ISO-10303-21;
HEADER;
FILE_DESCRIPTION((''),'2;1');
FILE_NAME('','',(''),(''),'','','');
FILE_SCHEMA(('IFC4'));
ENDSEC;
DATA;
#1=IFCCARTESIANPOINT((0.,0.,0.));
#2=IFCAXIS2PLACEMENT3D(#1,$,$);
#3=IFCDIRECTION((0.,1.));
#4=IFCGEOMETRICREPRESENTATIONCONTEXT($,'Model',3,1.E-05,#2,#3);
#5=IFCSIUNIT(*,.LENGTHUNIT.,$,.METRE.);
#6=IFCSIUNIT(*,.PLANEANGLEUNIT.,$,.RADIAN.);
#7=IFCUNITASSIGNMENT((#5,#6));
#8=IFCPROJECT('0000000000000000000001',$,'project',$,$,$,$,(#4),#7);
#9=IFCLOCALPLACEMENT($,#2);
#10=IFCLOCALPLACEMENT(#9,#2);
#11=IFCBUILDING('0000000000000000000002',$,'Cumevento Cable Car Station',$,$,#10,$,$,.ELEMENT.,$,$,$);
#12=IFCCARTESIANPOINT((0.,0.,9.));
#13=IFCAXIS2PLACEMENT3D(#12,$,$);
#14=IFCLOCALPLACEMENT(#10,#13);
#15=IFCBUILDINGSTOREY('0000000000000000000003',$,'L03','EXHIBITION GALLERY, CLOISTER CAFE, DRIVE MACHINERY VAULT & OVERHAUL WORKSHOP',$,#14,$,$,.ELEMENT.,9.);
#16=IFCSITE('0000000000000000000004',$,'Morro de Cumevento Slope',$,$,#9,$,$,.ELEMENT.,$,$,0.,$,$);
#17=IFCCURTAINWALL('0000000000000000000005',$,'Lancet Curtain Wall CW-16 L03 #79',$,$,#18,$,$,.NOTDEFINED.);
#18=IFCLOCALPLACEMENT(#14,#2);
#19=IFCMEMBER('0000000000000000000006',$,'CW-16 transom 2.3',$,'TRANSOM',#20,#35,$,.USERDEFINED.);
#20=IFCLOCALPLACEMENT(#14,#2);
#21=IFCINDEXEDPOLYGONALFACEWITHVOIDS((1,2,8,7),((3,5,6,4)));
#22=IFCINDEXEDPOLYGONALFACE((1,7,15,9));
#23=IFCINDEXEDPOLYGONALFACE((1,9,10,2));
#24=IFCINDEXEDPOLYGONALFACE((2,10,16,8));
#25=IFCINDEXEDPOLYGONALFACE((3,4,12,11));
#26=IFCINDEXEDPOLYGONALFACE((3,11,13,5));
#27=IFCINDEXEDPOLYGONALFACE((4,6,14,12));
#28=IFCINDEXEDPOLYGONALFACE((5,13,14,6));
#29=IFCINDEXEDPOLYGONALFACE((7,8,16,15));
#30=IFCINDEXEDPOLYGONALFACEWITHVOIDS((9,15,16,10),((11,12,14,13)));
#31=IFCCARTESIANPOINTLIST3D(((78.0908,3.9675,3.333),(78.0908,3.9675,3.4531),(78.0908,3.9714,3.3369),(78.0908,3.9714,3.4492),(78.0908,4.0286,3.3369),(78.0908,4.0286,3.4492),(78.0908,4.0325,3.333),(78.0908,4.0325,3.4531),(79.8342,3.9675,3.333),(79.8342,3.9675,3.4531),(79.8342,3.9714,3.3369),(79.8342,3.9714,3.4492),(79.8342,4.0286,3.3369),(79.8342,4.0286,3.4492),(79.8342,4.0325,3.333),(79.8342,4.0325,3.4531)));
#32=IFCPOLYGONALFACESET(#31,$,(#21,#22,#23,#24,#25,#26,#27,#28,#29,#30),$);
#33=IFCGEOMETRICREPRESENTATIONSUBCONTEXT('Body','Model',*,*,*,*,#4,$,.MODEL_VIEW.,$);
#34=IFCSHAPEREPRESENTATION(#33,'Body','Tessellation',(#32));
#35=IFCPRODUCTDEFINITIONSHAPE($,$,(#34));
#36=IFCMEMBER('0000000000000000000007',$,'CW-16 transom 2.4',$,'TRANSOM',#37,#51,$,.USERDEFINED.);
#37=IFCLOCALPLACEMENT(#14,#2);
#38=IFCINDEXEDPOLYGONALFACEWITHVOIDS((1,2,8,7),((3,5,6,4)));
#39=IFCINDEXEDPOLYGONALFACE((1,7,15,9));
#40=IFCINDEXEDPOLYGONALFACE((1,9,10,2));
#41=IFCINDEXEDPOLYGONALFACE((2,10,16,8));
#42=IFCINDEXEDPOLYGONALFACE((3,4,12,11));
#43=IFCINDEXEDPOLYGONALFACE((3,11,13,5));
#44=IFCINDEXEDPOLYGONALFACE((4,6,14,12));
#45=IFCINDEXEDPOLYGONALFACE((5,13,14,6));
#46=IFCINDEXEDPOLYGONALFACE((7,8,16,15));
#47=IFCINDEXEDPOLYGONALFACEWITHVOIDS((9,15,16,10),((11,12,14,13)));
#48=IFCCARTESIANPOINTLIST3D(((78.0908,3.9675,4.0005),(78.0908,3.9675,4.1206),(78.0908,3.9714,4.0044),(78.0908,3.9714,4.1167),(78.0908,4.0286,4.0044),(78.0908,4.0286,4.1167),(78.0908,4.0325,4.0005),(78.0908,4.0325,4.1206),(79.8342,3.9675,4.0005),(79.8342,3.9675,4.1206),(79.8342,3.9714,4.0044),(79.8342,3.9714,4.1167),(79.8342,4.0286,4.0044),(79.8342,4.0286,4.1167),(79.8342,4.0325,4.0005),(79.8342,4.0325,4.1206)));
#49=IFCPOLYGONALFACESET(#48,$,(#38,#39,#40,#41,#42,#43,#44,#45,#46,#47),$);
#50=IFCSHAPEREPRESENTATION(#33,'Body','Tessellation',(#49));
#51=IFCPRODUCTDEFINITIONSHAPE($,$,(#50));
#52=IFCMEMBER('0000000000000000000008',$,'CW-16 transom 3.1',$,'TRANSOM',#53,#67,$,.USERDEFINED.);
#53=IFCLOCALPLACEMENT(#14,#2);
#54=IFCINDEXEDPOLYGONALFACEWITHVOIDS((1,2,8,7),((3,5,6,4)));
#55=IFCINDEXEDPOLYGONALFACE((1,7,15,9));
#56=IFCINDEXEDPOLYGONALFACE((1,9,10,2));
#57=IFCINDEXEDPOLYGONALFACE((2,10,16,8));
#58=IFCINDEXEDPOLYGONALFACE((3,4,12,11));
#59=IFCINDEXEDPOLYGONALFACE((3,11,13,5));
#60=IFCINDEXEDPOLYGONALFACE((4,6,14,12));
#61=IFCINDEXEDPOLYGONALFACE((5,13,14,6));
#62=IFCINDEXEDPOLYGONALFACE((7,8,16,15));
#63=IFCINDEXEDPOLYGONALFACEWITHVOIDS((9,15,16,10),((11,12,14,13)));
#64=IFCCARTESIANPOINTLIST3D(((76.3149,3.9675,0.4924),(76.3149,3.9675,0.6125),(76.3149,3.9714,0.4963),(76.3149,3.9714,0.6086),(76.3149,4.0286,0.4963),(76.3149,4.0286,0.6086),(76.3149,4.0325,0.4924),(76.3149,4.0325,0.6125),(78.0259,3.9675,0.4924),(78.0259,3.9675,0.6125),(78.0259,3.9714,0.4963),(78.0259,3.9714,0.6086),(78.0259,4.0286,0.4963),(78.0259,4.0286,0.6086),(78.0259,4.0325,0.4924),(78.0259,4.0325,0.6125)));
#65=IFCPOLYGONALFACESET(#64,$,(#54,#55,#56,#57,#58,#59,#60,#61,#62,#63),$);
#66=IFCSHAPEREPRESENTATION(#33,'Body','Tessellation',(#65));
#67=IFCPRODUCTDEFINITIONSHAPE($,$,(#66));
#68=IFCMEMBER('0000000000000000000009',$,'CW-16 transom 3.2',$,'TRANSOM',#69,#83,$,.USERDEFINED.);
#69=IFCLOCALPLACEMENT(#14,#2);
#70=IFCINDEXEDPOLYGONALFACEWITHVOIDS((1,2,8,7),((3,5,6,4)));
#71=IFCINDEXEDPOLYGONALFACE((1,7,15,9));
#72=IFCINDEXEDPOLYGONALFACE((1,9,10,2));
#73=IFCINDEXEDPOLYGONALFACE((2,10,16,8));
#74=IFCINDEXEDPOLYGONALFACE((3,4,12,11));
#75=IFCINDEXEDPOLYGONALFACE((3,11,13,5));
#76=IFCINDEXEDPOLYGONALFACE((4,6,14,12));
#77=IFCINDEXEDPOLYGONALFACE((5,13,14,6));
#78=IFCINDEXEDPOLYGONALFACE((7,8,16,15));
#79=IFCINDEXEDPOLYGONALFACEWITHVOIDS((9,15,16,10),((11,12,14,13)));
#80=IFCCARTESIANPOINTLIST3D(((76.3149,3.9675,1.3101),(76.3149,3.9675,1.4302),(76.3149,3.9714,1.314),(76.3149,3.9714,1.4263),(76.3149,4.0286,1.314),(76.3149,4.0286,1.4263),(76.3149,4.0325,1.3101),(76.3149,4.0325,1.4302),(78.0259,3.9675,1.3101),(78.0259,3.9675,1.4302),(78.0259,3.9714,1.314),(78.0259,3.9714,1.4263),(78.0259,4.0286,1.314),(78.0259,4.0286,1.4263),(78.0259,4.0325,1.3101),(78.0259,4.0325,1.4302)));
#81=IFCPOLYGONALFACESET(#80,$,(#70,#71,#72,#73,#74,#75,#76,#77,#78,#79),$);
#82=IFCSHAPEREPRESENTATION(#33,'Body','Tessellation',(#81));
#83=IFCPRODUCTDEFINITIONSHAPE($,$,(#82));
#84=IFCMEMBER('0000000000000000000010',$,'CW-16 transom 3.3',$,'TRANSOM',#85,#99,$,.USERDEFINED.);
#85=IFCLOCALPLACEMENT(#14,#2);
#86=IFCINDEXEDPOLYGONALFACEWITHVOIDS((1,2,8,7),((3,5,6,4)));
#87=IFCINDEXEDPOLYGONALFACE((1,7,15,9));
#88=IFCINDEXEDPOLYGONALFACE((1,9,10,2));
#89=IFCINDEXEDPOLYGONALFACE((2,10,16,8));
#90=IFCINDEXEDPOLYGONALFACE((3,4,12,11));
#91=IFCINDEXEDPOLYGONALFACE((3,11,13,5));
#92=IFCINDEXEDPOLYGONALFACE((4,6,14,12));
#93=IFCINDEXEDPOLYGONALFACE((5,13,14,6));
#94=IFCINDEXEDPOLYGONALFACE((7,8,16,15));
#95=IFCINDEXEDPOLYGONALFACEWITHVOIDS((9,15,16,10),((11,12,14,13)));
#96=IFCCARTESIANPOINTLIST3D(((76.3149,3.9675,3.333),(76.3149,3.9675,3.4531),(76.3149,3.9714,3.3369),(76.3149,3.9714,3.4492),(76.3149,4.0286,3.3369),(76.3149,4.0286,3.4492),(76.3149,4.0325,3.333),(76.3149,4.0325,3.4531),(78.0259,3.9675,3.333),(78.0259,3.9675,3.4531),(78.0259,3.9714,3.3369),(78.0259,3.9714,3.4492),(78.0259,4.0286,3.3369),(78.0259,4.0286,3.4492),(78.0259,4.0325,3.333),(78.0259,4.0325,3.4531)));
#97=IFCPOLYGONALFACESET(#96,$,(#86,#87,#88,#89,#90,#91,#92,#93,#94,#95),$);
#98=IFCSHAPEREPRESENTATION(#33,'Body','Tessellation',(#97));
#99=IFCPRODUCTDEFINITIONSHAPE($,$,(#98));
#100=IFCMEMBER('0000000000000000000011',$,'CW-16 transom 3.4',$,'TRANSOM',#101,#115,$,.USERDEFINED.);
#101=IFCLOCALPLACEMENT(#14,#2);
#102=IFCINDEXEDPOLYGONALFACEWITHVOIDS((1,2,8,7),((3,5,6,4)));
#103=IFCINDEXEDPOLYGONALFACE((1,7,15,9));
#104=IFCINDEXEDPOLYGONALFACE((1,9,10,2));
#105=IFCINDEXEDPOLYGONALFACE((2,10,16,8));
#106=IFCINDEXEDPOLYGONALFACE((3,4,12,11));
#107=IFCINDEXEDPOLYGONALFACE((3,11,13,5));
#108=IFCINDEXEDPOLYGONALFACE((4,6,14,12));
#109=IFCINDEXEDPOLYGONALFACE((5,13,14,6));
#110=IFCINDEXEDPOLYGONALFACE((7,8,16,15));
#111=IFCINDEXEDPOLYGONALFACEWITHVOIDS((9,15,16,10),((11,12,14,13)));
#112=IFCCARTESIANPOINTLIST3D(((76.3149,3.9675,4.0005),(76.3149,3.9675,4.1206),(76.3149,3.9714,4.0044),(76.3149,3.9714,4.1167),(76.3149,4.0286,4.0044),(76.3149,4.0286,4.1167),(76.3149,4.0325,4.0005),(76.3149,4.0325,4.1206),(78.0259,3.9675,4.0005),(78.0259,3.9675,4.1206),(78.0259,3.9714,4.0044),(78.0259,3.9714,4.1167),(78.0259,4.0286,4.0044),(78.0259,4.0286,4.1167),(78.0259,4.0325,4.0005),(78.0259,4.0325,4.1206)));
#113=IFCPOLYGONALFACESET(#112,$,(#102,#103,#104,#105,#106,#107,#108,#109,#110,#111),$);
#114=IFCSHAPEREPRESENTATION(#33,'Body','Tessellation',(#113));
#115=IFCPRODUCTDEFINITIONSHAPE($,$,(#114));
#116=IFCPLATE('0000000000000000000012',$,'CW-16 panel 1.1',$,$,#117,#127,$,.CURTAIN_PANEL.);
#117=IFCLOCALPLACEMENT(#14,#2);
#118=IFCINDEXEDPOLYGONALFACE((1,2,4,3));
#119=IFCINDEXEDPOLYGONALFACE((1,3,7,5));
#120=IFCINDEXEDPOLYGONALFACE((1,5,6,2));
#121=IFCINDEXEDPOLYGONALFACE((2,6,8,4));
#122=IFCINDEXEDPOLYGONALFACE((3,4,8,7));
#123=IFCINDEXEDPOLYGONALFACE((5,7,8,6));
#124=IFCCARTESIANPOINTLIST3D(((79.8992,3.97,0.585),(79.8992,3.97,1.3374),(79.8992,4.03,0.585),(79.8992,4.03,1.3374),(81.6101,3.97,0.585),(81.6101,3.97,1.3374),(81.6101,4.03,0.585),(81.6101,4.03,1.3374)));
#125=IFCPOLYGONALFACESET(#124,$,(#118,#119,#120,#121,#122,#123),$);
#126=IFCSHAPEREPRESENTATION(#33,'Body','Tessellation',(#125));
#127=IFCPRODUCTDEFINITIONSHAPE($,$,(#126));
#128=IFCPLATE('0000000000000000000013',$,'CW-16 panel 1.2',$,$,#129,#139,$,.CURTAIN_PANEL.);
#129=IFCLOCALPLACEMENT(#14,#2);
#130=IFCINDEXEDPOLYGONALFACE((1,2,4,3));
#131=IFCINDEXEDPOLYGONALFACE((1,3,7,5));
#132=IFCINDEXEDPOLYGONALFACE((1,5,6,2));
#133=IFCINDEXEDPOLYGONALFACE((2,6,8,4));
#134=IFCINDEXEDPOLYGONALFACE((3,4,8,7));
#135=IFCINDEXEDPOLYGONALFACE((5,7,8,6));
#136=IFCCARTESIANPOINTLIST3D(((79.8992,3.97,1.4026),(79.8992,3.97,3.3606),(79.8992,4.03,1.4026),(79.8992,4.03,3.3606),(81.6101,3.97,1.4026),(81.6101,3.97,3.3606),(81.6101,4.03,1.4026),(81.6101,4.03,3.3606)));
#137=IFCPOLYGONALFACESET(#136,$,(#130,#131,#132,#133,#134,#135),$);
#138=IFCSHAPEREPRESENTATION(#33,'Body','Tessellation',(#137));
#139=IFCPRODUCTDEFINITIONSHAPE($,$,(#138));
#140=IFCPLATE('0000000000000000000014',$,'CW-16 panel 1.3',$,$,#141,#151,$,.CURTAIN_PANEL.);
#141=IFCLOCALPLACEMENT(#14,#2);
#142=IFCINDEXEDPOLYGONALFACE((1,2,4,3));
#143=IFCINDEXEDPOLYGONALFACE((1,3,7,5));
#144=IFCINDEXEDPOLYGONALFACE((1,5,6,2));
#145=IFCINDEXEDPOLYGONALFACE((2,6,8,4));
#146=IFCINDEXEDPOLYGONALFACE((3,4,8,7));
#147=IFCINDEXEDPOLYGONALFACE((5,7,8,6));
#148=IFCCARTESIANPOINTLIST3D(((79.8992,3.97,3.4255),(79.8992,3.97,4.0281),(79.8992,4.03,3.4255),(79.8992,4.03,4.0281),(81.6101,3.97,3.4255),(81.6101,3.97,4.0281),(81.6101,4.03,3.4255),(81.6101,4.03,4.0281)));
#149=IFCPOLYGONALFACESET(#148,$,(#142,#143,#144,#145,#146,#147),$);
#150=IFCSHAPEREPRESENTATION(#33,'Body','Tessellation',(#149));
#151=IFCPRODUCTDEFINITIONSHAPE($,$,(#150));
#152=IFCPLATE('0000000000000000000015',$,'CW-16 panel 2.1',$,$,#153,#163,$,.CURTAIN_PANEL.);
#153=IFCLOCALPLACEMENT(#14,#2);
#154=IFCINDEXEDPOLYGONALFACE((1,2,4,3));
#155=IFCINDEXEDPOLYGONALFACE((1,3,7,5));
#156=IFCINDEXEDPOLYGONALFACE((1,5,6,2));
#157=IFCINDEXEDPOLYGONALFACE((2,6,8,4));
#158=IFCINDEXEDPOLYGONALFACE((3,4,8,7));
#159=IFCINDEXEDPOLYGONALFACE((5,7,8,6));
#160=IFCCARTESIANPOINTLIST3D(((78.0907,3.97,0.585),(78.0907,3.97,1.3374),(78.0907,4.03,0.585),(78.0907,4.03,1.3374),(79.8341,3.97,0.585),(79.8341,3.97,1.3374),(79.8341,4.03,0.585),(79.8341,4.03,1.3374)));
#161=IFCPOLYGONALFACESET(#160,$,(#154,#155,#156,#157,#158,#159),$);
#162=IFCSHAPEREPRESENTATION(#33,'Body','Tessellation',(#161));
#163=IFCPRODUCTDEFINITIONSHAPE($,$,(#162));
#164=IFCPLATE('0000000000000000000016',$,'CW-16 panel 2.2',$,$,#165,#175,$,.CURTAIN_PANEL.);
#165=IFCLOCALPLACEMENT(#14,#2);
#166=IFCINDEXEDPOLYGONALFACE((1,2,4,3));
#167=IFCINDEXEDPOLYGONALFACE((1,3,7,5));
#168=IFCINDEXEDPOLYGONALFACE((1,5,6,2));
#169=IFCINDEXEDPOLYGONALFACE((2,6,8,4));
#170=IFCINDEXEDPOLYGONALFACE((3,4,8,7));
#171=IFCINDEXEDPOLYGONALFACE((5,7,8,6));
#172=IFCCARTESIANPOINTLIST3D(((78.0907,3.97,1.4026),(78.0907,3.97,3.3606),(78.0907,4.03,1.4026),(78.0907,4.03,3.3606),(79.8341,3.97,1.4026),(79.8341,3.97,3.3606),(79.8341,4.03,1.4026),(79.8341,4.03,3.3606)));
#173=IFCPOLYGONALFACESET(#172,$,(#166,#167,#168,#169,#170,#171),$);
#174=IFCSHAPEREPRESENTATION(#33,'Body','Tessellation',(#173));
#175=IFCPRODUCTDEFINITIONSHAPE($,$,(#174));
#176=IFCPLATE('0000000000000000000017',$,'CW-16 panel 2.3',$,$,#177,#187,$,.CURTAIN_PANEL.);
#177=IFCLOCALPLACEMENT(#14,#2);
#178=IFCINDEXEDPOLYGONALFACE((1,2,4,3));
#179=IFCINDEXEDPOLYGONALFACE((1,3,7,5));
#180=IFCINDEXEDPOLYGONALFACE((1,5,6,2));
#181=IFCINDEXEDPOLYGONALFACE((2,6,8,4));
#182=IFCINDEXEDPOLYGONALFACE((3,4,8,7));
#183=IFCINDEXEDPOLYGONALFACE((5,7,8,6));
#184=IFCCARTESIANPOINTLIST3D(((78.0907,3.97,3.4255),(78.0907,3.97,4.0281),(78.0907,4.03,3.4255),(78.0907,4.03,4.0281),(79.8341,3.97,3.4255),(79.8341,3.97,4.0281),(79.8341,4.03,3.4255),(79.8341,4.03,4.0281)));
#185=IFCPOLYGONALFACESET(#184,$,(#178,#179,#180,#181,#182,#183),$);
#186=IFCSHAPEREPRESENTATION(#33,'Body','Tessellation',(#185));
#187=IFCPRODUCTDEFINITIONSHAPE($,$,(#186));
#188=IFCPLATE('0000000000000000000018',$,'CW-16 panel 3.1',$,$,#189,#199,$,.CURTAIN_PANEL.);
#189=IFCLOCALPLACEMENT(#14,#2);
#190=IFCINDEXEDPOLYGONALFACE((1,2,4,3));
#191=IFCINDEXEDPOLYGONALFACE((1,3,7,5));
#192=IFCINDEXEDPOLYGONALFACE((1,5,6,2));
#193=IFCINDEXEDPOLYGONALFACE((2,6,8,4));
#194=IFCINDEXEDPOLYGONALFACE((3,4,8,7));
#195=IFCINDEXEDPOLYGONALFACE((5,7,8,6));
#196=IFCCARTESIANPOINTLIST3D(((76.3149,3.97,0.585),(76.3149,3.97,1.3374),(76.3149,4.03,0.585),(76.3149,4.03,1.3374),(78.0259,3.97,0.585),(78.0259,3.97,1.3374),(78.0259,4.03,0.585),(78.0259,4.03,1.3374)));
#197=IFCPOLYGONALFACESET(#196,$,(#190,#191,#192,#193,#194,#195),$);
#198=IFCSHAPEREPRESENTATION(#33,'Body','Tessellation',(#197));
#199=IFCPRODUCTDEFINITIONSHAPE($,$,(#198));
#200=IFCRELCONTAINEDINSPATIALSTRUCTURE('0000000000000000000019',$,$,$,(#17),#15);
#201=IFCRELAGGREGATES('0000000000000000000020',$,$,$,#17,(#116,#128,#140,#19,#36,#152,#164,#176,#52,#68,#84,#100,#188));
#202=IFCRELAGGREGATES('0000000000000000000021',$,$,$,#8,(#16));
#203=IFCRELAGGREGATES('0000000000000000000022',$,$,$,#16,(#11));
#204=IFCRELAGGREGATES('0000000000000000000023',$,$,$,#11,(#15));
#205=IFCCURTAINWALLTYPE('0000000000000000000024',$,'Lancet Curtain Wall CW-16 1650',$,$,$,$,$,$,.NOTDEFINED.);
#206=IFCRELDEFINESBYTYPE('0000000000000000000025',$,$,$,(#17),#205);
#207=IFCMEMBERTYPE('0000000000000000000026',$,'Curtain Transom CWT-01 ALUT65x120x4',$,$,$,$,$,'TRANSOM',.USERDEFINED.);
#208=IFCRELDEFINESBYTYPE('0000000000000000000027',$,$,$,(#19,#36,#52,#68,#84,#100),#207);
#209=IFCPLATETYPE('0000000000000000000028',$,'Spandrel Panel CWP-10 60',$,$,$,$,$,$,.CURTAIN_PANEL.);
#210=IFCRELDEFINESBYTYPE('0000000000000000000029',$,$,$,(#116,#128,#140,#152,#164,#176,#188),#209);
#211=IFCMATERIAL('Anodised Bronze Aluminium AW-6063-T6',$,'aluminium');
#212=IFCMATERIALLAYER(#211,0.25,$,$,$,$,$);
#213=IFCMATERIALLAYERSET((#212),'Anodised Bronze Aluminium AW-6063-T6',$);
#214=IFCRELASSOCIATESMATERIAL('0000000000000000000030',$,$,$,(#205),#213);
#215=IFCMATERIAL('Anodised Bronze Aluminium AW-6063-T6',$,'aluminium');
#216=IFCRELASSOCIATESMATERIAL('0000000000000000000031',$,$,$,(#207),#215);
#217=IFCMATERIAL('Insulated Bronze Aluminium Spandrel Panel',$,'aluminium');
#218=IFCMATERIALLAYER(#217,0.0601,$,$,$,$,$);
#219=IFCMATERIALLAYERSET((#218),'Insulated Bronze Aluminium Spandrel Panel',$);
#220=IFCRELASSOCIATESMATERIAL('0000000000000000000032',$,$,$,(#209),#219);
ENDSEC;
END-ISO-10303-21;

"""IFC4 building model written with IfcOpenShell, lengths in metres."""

from ifc_helpers import new_model, si_unit, direction, frame, origin, origin_2d, place, context, subcontext, project, spatial, rectangle, hollow_rectangle, extrude, material, layer, layer_set, material_profile, profile_set, type_object, element, aggregate, save


model = new_model("IFC4")

# Units and contexts
model_context = context("Model", 3, precision=1e-05, world=origin(), true_north=direction((0.0, 1.0)))
body_context = subcontext(model_context, "Body", "Model", "MODEL_VIEW")
ifc_project = project(units=[si_unit("LENGTHUNIT", "METRE"), si_unit("PLANEANGLEUNIT", "RADIAN")], contexts=[model_context])

# Site, building, storey
site_placement = place(None, origin())
site = spatial("IfcSite", under=ifc_project, at=site_placement, Name="Morro de Cumevento Slope", CompositionType="ELEMENT", RefElevation=0.0)
building_placement = place(site_placement, origin())
building = spatial("IfcBuilding", under=site, at=building_placement, Name="Cumevento Cable Car Station", CompositionType="ELEMENT")
storey_placement = place(building_placement, frame((0.0, 0.0, 9.0)))
storey = spatial("IfcBuildingStorey", under=building, at=storey_placement, Name="L03", Description="EXHIBITION GALLERY, CLOISTER CAFE, DRIVE MACHINERY VAULT & OVERHAUL WORKSHOP", CompositionType="ELEMENT", Elevation=9.0)

# Curtain wall, members, plates
ifc_material_1 = material(Name="Anodised Bronze Aluminium AW-6063-T6", Category="aluminium")
ifc_layer_1 = layer(ifc_material_1, 0.25)
ifc_layer_set_1 = layer_set([ifc_layer_1], Name="Anodised Bronze Aluminium AW-6063-T6")
curtain_wall_type = type_object("IfcCurtainWallType", Name="Lancet Curtain Wall CW-16 1650", PredefinedType="NOTDEFINED", material=ifc_layer_set_1)
curtain_wall_placement = place(storey_placement, origin())
curtain_wall = element("IfcCurtainWall", 1, at=curtain_wall_placement, inside=storey, type_object=curtain_wall_type, Name="Lancet Curtain Wall CW-16 L03 #79", PredefinedType="NOTDEFINED")
ifc_material_2 = material(Name="Anodised Bronze Aluminium AW-6063-T6", Category="aluminium")
ifc_material_profile_1 = material_profile(ifc_material_2, hollow_rectangle(XDim=0.0649, YDim=0.1201, WallThickness=0.0039, at=origin_2d()), Name="ALUT65x120x4")
ifc_profile_set_1 = profile_set([ifc_material_profile_1], Name="Anodised Bronze Aluminium AW-6063-T6")
member_type_1 = type_object("IfcMemberType", Name="Curtain Transom CWT-01 ALUT65x120x4", ElementType="TRANSOM", PredefinedType="USERDEFINED", material=ifc_profile_set_1)
member_1_placement = place(storey_placement, frame((79.8342, 4.0, 3.3931), z_axis=(-1.0, 0.0, 0.0), x_axis=(0.0, -1.0, 0.0)))
member_1 = element("IfcMember", 2, at=member_1_placement, type_object=member_type_1, Name="CW-16 transom 2.3", ObjectType="TRANSOM", PredefinedType="USERDEFINED", context=body_context, shape_type="SweptSolid", body=[
    extrude(hollow_rectangle(XDim=0.0649, YDim=0.1201, WallThickness=0.0039, at=origin_2d()), origin(), (0.0, 0.0, 1.0), 1.7434),
])
member_2_placement = place(storey_placement, frame((79.8342, 4.0, 4.0605), z_axis=(-1.0, 0.0, 0.0), x_axis=(0.0, -1.0, 0.0)))
member_2 = element("IfcMember", 3, at=member_2_placement, type_object=member_type_1, Name="CW-16 transom 2.4", ObjectType="TRANSOM", PredefinedType="USERDEFINED", context=body_context, shape_type="SweptSolid", body=[
    extrude(hollow_rectangle(XDim=0.0649, YDim=0.1201, WallThickness=0.0039, at=origin_2d()), origin(), (0.0, 0.0, 1.0), 1.7434),
])
member_3_placement = place(storey_placement, frame((78.0259, 4.0, 0.5525), z_axis=(-1.0, 0.0, 0.0), x_axis=(0.0, -1.0, 0.0)))
member_3 = element("IfcMember", 4, at=member_3_placement, type_object=member_type_1, Name="CW-16 transom 3.1", ObjectType="TRANSOM", PredefinedType="USERDEFINED", context=body_context, shape_type="SweptSolid", body=[
    extrude(hollow_rectangle(XDim=0.0649, YDim=0.1201, WallThickness=0.0039, at=origin_2d()), origin(), (0.0, 0.0, 1.0), 1.7109),
])
member_4_placement = place(storey_placement, frame((78.0259, 4.0, 1.3701), z_axis=(-1.0, 0.0, 0.0), x_axis=(0.0, -1.0, 0.0)))
member_4 = element("IfcMember", 5, at=member_4_placement, type_object=member_type_1, Name="CW-16 transom 3.2", ObjectType="TRANSOM", PredefinedType="USERDEFINED", context=body_context, shape_type="SweptSolid", body=[
    extrude(hollow_rectangle(XDim=0.0649, YDim=0.1201, WallThickness=0.0039, at=origin_2d()), origin(), (0.0, 0.0, 1.0), 1.7109),
])
member_5_placement = place(storey_placement, frame((78.0259, 4.0, 3.3931), z_axis=(-1.0, 0.0, 0.0), x_axis=(0.0, -1.0, 0.0)))
member_5 = element("IfcMember", 6, at=member_5_placement, type_object=member_type_1, Name="CW-16 transom 3.3", ObjectType="TRANSOM", PredefinedType="USERDEFINED", context=body_context, shape_type="SweptSolid", body=[
    extrude(hollow_rectangle(XDim=0.0649, YDim=0.1201, WallThickness=0.0039, at=origin_2d()), origin(), (0.0, 0.0, 1.0), 1.7109),
])
member_6_placement = place(storey_placement, frame((78.0259, 4.0, 4.0605), z_axis=(-1.0, 0.0, 0.0), x_axis=(0.0, -1.0, 0.0)))
member_6 = element("IfcMember", 7, at=member_6_placement, type_object=member_type_1, Name="CW-16 transom 3.4", ObjectType="TRANSOM", PredefinedType="USERDEFINED", context=body_context, shape_type="SweptSolid", body=[
    extrude(hollow_rectangle(XDim=0.0649, YDim=0.1201, WallThickness=0.0039, at=origin_2d()), origin(), (0.0, 0.0, 1.0), 1.7109),
])
ifc_material_3 = material(Name="Insulated Bronze Aluminium Spandrel Panel", Category="aluminium")
ifc_layer_2 = layer(ifc_material_3, 0.0601)
ifc_layer_set_2 = layer_set([ifc_layer_2], Name="Insulated Bronze Aluminium Spandrel Panel")
plate_type = type_object("IfcPlateType", Name="Spandrel Panel CWP-10 60", PredefinedType="CURTAIN_PANEL", material=ifc_layer_set_2)
plate_1_placement = place(storey_placement, frame((80.7546, 4.0, 0.585), z_axis=(0.0, 0.0, 1.0), x_axis=(-1.0, 0.0, 0.0)))
plate_1 = element("IfcPlate", 8, at=plate_1_placement, type_object=plate_type, Name="CW-16 panel 1.1", PredefinedType="CURTAIN_PANEL", context=body_context, shape_type="SweptSolid", body=[
    extrude(rectangle(XDim=1.7109, YDim=0.0601, at=origin_2d()), origin(), (0.0, 0.0, 1.0), 0.7524),
])
plate_2_placement = place(storey_placement, frame((80.7546, 4.0, 1.4026), z_axis=(0.0, 0.0, 1.0), x_axis=(-1.0, 0.0, 0.0)))
plate_2 = element("IfcPlate", 9, at=plate_2_placement, type_object=plate_type, Name="CW-16 panel 1.2", PredefinedType="CURTAIN_PANEL", context=body_context, shape_type="SweptSolid", body=[
    extrude(rectangle(XDim=1.7109, YDim=0.0601, at=origin_2d()), origin(), (0.0, 0.0, 1.0), 1.958),
])
plate_3_placement = place(storey_placement, frame((80.7546, 4.0, 3.4255), z_axis=(0.0, 0.0, 1.0), x_axis=(-1.0, 0.0, 0.0)))
plate_3 = element("IfcPlate", 10, at=plate_3_placement, type_object=plate_type, Name="CW-16 panel 1.3", PredefinedType="CURTAIN_PANEL", context=body_context, shape_type="SweptSolid", body=[
    extrude(rectangle(XDim=1.7109, YDim=0.0601, at=origin_2d()), origin(), (0.0, 0.0, 1.0), 0.6025),
])
plate_4_placement = place(storey_placement, frame((78.9624, 4.0, 0.585), z_axis=(0.0, 0.0, 1.0), x_axis=(-1.0, 0.0, 0.0)))
plate_4 = element("IfcPlate", 11, at=plate_4_placement, type_object=plate_type, Name="CW-16 panel 2.1", PredefinedType="CURTAIN_PANEL", context=body_context, shape_type="SweptSolid", body=[
    extrude(rectangle(XDim=1.7434, YDim=0.0601, at=origin_2d()), origin(), (0.0, 0.0, 1.0), 0.7524),
])
plate_5_placement = place(storey_placement, frame((78.9624, 4.0, 1.4026), z_axis=(0.0, 0.0, 1.0), x_axis=(-1.0, 0.0, 0.0)))
plate_5 = element("IfcPlate", 12, at=plate_5_placement, type_object=plate_type, Name="CW-16 panel 2.2", PredefinedType="CURTAIN_PANEL", context=body_context, shape_type="SweptSolid", body=[
    extrude(rectangle(XDim=1.7434, YDim=0.0601, at=origin_2d()), origin(), (0.0, 0.0, 1.0), 1.958),
])
plate_6_placement = place(storey_placement, frame((78.9624, 4.0, 3.4255), z_axis=(0.0, 0.0, 1.0), x_axis=(-1.0, 0.0, 0.0)))
plate_6 = element("IfcPlate", 13, at=plate_6_placement, type_object=plate_type, Name="CW-16 panel 2.3", PredefinedType="CURTAIN_PANEL", context=body_context, shape_type="SweptSolid", body=[
    extrude(rectangle(XDim=1.7434, YDim=0.0601, at=origin_2d()), origin(), (0.0, 0.0, 1.0), 0.6025),
])
plate_7_placement = place(storey_placement, frame((77.1704, 4.0, 0.585), z_axis=(0.0, 0.0, 1.0), x_axis=(-1.0, 0.0, 0.0)))
plate_7 = element("IfcPlate", 14, at=plate_7_placement, type_object=plate_type, Name="CW-16 panel 3.1", PredefinedType="CURTAIN_PANEL", context=body_context, shape_type="SweptSolid", body=[
    extrude(rectangle(XDim=1.7109, YDim=0.0601, at=origin_2d()), origin(), (0.0, 0.0, 1.0), 0.7524),
])
aggregate(curtain_wall, [plate_1, plate_2, plate_3, member_1, member_2, plate_4, plate_5, plate_6, member_3, member_4, member_5, member_6, plate_7])

save(model, "model.ifc")
